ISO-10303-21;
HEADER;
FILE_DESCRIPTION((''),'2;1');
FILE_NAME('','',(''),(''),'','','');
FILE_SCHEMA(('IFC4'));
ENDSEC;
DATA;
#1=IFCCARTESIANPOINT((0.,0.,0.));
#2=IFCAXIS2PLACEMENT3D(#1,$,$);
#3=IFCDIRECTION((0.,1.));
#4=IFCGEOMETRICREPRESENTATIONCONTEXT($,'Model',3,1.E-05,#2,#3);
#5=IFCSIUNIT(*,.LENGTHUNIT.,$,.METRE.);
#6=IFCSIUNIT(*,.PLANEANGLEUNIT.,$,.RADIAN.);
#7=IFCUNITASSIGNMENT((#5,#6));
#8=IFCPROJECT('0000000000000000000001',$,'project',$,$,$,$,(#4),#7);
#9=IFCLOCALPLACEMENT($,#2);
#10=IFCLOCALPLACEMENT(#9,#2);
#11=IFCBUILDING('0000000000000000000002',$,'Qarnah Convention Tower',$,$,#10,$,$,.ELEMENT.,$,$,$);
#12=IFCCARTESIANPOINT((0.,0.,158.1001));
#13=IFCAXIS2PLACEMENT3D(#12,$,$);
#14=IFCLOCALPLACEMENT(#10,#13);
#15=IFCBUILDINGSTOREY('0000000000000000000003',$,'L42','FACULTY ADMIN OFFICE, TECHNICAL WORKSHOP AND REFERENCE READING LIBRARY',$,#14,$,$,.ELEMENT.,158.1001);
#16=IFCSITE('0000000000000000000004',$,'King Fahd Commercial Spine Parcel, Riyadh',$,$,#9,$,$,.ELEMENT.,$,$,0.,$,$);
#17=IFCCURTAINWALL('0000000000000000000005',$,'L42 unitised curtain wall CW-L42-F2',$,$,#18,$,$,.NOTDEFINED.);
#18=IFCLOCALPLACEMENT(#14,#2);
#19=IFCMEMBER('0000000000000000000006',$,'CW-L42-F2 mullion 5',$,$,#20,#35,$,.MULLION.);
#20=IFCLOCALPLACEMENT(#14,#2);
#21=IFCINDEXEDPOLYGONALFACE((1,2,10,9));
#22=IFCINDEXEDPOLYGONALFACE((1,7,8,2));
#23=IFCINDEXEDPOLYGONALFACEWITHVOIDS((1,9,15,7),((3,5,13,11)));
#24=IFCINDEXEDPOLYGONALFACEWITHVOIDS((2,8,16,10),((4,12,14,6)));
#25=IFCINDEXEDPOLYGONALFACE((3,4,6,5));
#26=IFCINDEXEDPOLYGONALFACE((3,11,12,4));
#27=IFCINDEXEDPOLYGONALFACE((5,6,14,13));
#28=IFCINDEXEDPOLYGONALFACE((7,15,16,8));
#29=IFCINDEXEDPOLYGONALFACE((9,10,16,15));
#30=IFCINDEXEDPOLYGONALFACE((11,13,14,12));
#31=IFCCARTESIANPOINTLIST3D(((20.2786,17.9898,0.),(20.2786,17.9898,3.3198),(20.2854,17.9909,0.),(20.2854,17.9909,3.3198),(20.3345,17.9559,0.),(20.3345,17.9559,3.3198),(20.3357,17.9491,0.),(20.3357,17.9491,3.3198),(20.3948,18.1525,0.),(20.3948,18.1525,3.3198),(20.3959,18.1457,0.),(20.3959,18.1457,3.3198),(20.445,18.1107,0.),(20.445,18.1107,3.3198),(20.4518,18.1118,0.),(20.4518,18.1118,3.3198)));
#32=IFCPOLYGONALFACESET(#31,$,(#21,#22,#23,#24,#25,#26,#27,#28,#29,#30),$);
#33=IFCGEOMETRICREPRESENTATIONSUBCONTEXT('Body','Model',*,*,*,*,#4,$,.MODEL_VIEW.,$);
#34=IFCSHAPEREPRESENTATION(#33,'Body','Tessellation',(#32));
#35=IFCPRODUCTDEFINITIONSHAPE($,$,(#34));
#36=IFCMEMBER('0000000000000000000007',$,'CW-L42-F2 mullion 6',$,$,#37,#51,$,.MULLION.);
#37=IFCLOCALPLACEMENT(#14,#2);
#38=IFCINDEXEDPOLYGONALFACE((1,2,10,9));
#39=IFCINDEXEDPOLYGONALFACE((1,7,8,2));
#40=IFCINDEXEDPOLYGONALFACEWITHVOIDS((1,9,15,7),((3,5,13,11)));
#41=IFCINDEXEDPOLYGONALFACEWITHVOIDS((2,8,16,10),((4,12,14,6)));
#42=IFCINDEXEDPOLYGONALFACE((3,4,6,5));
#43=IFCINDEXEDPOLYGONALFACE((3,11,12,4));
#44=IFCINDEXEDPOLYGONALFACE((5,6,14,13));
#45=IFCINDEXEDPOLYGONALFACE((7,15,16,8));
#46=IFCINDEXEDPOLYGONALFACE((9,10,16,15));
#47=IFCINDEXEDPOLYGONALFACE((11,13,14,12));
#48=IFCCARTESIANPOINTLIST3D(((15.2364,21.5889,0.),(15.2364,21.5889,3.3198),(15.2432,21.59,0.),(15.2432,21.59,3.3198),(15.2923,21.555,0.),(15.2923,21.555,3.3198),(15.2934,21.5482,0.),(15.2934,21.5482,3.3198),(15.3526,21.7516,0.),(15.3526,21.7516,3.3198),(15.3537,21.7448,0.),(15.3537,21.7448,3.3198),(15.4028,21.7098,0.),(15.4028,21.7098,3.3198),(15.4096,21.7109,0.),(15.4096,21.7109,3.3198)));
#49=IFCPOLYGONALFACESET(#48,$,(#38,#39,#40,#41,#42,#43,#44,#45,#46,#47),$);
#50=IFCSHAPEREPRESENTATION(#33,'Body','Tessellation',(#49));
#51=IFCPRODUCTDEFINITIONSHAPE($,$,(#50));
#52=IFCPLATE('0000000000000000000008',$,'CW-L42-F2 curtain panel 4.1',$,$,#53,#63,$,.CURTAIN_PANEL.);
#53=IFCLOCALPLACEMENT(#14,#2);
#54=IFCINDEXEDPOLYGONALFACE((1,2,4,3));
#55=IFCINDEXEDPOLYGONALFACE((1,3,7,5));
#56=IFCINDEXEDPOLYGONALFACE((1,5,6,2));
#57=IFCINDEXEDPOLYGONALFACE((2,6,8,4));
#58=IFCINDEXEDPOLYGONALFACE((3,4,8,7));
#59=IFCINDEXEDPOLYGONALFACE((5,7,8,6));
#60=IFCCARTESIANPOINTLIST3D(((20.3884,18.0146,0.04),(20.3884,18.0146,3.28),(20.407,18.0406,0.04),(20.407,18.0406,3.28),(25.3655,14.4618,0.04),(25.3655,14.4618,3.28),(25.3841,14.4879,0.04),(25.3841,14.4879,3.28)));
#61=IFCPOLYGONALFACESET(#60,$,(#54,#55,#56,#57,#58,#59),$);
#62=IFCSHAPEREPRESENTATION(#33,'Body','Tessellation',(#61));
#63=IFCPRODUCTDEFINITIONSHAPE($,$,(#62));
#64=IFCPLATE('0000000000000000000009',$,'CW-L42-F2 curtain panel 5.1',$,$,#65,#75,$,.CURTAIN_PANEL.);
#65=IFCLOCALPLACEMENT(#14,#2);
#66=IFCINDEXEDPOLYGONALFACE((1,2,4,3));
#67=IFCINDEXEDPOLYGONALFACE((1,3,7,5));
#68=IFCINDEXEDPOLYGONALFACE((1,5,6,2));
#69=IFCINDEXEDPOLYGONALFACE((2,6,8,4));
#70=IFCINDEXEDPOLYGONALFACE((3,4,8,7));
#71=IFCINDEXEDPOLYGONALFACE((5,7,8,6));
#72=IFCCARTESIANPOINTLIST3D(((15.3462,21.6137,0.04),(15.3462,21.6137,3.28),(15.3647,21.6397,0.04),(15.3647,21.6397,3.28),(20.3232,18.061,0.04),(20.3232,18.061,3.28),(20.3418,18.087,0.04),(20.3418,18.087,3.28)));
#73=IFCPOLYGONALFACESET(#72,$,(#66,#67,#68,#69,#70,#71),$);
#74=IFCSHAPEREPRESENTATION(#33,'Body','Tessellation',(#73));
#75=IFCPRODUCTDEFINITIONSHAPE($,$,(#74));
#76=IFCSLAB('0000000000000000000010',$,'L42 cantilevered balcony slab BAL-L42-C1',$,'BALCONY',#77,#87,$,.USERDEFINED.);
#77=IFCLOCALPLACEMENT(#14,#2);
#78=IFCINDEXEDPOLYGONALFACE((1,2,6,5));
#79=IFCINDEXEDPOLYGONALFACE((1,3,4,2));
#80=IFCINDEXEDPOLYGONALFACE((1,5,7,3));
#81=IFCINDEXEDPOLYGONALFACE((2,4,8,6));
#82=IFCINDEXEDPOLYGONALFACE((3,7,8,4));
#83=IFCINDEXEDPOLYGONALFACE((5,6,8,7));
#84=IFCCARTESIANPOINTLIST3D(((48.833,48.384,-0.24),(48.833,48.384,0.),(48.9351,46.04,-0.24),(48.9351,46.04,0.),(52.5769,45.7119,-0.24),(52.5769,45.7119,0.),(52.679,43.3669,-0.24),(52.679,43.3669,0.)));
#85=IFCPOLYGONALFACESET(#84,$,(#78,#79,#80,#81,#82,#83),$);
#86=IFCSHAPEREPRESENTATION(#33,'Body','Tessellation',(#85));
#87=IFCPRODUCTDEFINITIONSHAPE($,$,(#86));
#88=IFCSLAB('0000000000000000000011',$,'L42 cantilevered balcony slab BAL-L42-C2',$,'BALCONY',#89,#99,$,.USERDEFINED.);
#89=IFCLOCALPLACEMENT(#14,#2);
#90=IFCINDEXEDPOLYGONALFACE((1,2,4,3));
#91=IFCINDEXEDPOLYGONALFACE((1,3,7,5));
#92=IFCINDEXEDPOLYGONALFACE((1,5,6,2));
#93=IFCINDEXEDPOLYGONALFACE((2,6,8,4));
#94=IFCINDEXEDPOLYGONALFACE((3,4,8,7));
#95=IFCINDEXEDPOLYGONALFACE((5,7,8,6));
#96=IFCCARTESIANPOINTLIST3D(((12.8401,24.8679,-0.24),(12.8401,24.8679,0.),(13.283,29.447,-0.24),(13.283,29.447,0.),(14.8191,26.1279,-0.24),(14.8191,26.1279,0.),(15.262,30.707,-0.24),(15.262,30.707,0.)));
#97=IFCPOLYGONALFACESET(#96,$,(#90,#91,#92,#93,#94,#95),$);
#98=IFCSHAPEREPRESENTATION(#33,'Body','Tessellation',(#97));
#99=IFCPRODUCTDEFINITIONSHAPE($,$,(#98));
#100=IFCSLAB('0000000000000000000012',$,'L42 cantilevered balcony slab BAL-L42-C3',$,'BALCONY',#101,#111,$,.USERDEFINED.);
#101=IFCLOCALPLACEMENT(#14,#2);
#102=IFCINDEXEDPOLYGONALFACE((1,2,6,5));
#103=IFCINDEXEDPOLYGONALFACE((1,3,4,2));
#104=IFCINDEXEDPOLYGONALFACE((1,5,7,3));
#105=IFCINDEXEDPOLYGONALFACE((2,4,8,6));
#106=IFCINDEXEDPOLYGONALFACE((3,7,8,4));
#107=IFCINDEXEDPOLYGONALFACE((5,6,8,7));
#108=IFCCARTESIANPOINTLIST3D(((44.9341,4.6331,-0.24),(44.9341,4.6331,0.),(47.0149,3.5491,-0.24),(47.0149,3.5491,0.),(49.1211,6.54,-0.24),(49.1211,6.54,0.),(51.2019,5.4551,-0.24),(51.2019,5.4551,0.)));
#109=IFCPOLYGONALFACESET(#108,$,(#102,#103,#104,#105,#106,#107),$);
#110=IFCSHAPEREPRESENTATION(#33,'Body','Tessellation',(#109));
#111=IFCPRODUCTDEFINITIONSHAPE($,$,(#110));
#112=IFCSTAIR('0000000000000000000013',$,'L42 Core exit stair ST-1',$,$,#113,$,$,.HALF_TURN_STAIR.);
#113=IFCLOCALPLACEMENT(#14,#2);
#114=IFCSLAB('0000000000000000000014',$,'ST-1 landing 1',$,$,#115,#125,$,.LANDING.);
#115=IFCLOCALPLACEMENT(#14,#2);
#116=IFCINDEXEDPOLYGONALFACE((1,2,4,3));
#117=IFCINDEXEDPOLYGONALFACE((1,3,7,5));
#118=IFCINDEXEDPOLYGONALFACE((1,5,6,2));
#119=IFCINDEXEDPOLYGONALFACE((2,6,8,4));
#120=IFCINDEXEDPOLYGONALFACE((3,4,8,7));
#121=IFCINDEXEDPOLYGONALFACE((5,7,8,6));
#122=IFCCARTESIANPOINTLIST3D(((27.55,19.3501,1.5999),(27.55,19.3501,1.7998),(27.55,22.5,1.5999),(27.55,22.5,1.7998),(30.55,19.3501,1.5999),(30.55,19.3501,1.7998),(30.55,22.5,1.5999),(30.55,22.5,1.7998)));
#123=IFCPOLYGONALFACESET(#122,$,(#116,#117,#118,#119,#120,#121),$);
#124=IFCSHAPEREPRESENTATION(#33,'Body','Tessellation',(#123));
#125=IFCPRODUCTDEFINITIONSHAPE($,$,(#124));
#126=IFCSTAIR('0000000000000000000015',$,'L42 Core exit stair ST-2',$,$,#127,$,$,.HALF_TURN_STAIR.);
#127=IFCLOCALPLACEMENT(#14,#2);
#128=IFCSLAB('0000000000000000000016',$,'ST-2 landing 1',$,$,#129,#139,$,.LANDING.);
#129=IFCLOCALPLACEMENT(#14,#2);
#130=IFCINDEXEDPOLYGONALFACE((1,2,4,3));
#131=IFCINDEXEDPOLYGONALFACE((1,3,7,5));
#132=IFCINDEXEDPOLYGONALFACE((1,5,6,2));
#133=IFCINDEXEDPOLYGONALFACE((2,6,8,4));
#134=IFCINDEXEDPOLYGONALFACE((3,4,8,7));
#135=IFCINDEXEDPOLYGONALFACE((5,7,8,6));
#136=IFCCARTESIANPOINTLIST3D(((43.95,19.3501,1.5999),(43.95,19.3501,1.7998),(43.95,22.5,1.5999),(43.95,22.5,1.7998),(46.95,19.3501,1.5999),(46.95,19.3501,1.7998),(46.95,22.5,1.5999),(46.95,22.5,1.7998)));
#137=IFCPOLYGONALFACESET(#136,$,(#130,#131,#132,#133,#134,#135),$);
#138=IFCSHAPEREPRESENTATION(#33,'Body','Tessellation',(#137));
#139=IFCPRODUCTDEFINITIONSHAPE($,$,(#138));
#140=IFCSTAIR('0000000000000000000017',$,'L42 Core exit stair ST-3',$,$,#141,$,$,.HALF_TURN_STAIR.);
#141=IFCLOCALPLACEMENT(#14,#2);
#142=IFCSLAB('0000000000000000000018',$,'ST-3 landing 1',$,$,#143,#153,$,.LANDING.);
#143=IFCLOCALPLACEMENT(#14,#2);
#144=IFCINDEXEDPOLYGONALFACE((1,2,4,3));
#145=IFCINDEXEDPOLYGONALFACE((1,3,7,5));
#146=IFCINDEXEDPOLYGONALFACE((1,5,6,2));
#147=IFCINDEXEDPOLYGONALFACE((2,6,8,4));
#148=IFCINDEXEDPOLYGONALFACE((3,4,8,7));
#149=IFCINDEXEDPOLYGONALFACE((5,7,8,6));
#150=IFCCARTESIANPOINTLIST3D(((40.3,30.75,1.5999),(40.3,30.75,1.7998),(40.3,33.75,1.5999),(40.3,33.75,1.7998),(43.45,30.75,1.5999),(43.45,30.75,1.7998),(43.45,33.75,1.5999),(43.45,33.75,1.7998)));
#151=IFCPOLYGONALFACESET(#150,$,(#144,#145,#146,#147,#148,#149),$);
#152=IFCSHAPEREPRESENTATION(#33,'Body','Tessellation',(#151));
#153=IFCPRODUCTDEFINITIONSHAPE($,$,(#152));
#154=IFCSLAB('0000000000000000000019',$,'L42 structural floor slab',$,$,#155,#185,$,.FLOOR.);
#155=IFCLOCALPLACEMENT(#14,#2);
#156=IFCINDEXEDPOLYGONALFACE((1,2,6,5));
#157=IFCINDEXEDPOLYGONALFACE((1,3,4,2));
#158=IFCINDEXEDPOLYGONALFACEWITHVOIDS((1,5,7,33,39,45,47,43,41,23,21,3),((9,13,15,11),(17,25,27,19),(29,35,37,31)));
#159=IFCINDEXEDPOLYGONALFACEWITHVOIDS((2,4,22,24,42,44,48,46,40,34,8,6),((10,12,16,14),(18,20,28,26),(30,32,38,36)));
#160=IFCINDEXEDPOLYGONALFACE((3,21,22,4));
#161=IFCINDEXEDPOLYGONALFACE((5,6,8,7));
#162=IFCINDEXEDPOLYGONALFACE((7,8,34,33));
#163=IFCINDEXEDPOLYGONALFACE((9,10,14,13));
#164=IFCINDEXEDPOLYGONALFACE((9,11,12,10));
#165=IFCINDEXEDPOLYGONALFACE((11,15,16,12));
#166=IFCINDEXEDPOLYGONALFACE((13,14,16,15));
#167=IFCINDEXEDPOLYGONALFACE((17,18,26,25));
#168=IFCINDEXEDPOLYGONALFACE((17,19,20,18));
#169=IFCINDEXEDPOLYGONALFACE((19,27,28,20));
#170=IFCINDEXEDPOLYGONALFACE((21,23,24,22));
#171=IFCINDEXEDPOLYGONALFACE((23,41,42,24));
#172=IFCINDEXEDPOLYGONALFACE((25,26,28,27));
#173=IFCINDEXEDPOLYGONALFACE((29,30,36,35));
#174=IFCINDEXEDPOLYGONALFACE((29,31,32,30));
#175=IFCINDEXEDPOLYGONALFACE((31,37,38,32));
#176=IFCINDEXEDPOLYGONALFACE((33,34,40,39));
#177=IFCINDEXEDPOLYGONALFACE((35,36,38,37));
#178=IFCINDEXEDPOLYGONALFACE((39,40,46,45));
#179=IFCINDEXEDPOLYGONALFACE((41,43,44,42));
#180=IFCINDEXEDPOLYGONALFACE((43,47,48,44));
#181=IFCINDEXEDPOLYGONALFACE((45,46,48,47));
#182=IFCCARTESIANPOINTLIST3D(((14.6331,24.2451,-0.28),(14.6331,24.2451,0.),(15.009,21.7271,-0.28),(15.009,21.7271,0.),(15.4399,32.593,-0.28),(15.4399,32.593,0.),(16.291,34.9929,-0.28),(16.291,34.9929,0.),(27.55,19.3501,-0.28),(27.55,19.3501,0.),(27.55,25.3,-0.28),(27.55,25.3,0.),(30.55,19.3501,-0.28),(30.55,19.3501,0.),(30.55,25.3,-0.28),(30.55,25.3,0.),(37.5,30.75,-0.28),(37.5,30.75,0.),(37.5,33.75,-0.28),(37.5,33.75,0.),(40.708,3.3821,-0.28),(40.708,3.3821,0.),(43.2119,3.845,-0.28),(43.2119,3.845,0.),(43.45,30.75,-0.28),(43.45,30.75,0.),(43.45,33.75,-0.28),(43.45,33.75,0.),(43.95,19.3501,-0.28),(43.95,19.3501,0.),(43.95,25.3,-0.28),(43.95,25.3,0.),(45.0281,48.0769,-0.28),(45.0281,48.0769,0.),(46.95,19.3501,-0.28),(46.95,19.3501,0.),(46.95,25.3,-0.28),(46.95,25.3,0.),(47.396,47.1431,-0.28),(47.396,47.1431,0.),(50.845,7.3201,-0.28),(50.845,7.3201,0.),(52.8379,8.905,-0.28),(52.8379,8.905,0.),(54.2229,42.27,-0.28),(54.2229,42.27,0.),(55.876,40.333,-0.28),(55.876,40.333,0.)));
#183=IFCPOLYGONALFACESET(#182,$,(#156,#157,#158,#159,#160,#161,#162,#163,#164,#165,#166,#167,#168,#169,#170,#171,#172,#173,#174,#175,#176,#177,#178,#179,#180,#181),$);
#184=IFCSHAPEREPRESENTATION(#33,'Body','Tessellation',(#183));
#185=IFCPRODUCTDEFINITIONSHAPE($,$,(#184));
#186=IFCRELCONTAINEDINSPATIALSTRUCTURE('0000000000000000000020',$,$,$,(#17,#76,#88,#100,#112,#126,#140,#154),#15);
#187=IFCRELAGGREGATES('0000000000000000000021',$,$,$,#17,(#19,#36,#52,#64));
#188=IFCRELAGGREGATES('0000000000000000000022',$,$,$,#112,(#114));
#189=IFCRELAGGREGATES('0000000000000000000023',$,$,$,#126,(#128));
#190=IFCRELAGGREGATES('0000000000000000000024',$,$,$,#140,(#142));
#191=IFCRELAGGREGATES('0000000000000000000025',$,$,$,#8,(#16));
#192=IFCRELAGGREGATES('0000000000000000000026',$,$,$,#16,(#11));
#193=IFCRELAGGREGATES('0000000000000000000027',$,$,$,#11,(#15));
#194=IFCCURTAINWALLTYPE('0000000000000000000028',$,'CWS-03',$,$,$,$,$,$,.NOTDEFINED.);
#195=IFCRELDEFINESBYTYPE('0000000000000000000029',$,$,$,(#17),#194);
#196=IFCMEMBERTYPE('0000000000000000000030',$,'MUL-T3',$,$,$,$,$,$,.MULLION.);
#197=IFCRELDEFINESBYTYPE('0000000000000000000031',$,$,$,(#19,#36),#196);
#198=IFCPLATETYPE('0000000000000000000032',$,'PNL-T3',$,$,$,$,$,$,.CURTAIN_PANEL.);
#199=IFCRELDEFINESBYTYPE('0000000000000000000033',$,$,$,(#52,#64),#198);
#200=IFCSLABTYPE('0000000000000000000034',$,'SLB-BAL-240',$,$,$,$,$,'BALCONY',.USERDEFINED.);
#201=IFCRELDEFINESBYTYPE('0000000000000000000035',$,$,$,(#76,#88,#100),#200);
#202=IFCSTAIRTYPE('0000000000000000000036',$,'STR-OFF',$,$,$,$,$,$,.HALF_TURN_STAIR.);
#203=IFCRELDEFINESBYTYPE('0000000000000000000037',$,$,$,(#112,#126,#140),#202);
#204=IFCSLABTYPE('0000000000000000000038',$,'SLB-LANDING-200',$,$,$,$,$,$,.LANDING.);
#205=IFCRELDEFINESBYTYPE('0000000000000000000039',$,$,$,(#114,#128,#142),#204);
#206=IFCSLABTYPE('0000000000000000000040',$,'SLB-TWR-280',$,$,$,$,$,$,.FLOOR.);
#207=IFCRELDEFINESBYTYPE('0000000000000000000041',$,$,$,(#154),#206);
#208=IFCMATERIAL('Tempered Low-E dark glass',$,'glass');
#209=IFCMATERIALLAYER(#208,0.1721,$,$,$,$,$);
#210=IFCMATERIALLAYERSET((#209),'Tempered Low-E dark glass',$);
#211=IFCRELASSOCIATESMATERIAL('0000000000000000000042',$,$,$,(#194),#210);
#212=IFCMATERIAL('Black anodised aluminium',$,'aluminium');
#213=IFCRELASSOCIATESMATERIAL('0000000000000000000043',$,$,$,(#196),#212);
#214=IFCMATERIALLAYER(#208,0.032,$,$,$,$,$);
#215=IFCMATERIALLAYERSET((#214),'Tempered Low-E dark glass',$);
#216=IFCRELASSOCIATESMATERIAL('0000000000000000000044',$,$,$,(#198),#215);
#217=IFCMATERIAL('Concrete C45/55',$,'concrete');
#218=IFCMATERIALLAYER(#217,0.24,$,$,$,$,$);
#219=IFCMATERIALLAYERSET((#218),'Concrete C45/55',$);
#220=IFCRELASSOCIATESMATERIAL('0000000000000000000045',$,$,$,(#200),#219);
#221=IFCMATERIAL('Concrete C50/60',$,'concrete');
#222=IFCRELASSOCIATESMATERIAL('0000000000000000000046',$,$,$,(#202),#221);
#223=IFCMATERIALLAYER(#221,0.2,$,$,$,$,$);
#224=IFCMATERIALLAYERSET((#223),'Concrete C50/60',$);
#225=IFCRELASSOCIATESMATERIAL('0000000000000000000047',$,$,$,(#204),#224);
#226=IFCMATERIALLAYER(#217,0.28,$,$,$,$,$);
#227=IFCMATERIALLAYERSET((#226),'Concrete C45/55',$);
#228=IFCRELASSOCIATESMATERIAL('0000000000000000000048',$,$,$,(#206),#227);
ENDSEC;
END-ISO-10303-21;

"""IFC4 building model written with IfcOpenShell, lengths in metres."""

from ifc_helpers import new_model, si_unit, direction, frame, origin, origin_2d, place, context, subcontext, project, spatial, polyline, rectangle, hollow_rectangle, outline, extrude, material, layer, layer_set, material_profile, profile_set, type_object, element, aggregate, save


model = new_model("IFC4")

# Units and contexts
model_context = context("Model", 3, precision=1e-05, world=origin(), true_north=direction((0.0, 1.0)))
body_context = subcontext(model_context, "Body", "Model", "MODEL_VIEW")
ifc_project = project(units=[si_unit("LENGTHUNIT", "METRE"), si_unit("PLANEANGLEUNIT", "RADIAN")], contexts=[model_context])

# Site, building, storey
site_placement = place(None, origin())
site = spatial("IfcSite", under=ifc_project, at=site_placement, Name="King Fahd Commercial Spine Parcel, Riyadh", CompositionType="ELEMENT", RefElevation=0.0)
building_placement = place(site_placement, origin())
building = spatial("IfcBuilding", under=site, at=building_placement, Name="Qarnah Convention Tower", CompositionType="ELEMENT")
storey_placement = place(building_placement, frame((0.0, 0.0, 158.1001)))
storey = spatial("IfcBuildingStorey", under=building, at=storey_placement, Name="L42", Description="FACULTY ADMIN OFFICE, TECHNICAL WORKSHOP AND REFERENCE READING LIBRARY", CompositionType="ELEMENT", Elevation=158.1001)

# Curtain wall, members, plates
ifc_material_1 = material(Name="Tempered Low-E dark glass", Category="glass")
ifc_layer_1 = layer(ifc_material_1, 0.1721)
ifc_layer_set_1 = layer_set([ifc_layer_1], Name="Tempered Low-E dark glass")
curtain_wall_type = type_object("IfcCurtainWallType", Name="CWS-03", PredefinedType="NOTDEFINED", material=ifc_layer_set_1)
curtain_wall_placement = place(storey_placement, origin())
curtain_wall = element("IfcCurtainWall", 1, at=curtain_wall_placement, inside=storey, type_object=curtain_wall_type, Name="L42 unitised curtain wall CW-L42-F2", PredefinedType="NOTDEFINED")
ifc_material_2 = material(Name="Black anodised aluminium", Category="aluminium")
ifc_material_profile_1 = material_profile(ifc_material_2, hollow_rectangle(XDim=0.0701, YDim=0.2, WallThickness=0.0049, at=origin_2d()), Name="MUL-70X200")
ifc_profile_set_1 = profile_set([ifc_material_profile_1], Name="Black anodised aluminium")
member_type = type_object("IfcMemberType", Name="MUL-T3", PredefinedType="MULLION", material=ifc_profile_set_1)
member_1_placement = place(storey_placement, frame((20.3652, 18.0508, 0.0), z_axis=(0.0, 0.0, 1.0), x_axis=(-0.813914, 0.580985, 0.0)))
member_1 = element("IfcMember", 2, at=member_1_placement, type_object=member_type, Name="CW-L42-F2 mullion 5", PredefinedType="MULLION", context=body_context, shape_type="SweptSolid", body=[
    extrude(hollow_rectangle(XDim=0.0701, YDim=0.2, WallThickness=0.0049, at=origin_2d()), origin(), (0.0, 0.0, 1.0), 3.3198),
])
member_2_placement = place(storey_placement, frame((15.323, 21.6499, 0.0), z_axis=(0.0, 0.0, 1.0), x_axis=(-0.813914, 0.580985, 0.0)))
member_2 = element("IfcMember", 3, at=member_2_placement, type_object=member_type, Name="CW-L42-F2 mullion 6", PredefinedType="MULLION", context=body_context, shape_type="SweptSolid", body=[
    extrude(hollow_rectangle(XDim=0.0701, YDim=0.2, WallThickness=0.0049, at=origin_2d()), origin(), (0.0, 0.0, 1.0), 3.3198),
])
ifc_layer_2 = layer(ifc_material_1, 0.032)
ifc_layer_set_2 = layer_set([ifc_layer_2], Name="Tempered Low-E dark glass")
plate_type = type_object("IfcPlateType", Name="PNL-T3", PredefinedType="CURTAIN_PANEL", material=ifc_layer_set_2)
plate_1_placement = place(storey_placement, frame((22.8862, 16.2512, 0.04), z_axis=(0.0, 0.0, 1.0), x_axis=(-0.813914, 0.580985, 0.0)))
plate_1 = element("IfcPlate", 4, at=plate_1_placement, type_object=plate_type, Name="CW-L42-F2 curtain panel 4.1", PredefinedType="CURTAIN_PANEL", context=body_context, shape_type="SweptSolid", body=[
    extrude(rectangle(XDim=6.115, YDim=0.032, at=origin_2d()), origin(), (0.0, 0.0, 1.0), 3.24),
])
plate_2_placement = place(storey_placement, frame((17.844, 19.8503, 0.04), z_axis=(0.0, 0.0, 1.0), x_axis=(-0.813914, 0.580985, 0.0)))
plate_2 = element("IfcPlate", 5, at=plate_2_placement, type_object=plate_type, Name="CW-L42-F2 curtain panel 5.1", PredefinedType="CURTAIN_PANEL", context=body_context, shape_type="SweptSolid", body=[
    extrude(rectangle(XDim=6.115, YDim=0.032, at=origin_2d()), origin(), (0.0, 0.0, 1.0), 3.24),
])
aggregate(curtain_wall, [member_1, member_2, plate_1, plate_2])

# Slabs
ifc_material_3 = material(Name="Concrete C45/55", Category="concrete")
ifc_layer_3 = layer(ifc_material_3, 0.24)
ifc_layer_set_3 = layer_set([ifc_layer_3], Name="Concrete C45/55")
slab_type_1 = type_object("IfcSlabType", Name="SLB-BAL-240", ElementType="BALCONY", PredefinedType="USERDEFINED", material=ifc_layer_set_3)
slab_1_placement = place(storey_placement, frame((0.0, 0.0, -0.24)))
element("IfcSlab", 6, at=slab_1_placement, inside=storey, type_object=slab_type_1, Name="L42 cantilevered balcony slab BAL-L42-C1", ObjectType="BALCONY", PredefinedType="USERDEFINED", context=body_context, shape_type="SweptSolid", body=[
    extrude(outline(polyline([(48.833, 48.384), (52.5769, 45.7119), (52.679, 43.3669), (48.9351, 46.04), (48.833, 48.384)])), origin(), (0.0, 0.0, 1.0), 0.24),
])
slab_2_placement = place(storey_placement, frame((0.0, 0.0, -0.24)))
element("IfcSlab", 7, at=slab_2_placement, inside=storey, type_object=slab_type_1, Name="L42 cantilevered balcony slab BAL-L42-C2", ObjectType="BALCONY", PredefinedType="USERDEFINED", context=body_context, shape_type="SweptSolid", body=[
    extrude(outline(polyline([(12.8401, 24.8679), (13.283, 29.447), (15.262, 30.707), (14.8191, 26.1279), (12.8401, 24.8679)])), origin(), (0.0, 0.0, 1.0), 0.24),
])
slab_3_placement = place(storey_placement, frame((0.0, 0.0, -0.24)))
element("IfcSlab", 8, at=slab_3_placement, inside=storey, type_object=slab_type_1, Name="L42 cantilevered balcony slab BAL-L42-C3", ObjectType="BALCONY", PredefinedType="USERDEFINED", context=body_context, shape_type="SweptSolid", body=[
    extrude(outline(polyline([(51.2019, 5.4551), (47.0149, 3.5491), (44.9341, 4.6331), (49.1211, 6.54), (51.2019, 5.4551)])), origin(), (0.0, 0.0, 1.0), 0.24),
])

# Stairs, slabs
ifc_material_4 = material(Name="Concrete C50/60", Category="concrete")
stair_type = type_object("IfcStairType", Name="STR-OFF", PredefinedType="HALF_TURN_STAIR", material=ifc_material_4)
stair_1_placement = place(storey_placement, origin())
stair_1 = element("IfcStair", 9, at=stair_1_placement, inside=storey, type_object=stair_type, Name="L42 Core exit stair ST-1", PredefinedType="HALF_TURN_STAIR")
ifc_layer_4 = layer(ifc_material_4, 0.2)
ifc_layer_set_4 = layer_set([ifc_layer_4], Name="Concrete C50/60")
slab_type_2 = type_object("IfcSlabType", Name="SLB-LANDING-200", PredefinedType="LANDING", material=ifc_layer_set_4)
slab_4_placement = place(storey_placement, frame((0.0, 0.0, 1.5999)))
slab_4 = element("IfcSlab", 10, at=slab_4_placement, type_object=slab_type_2, Name="ST-1 landing 1", PredefinedType="LANDING", context=body_context, shape_type="SweptSolid", body=[
    extrude(outline(polyline([(27.55, 22.5), (27.55, 19.3501), (30.55, 19.3501), (30.55, 22.5), (27.55, 22.5)])), origin(), (0.0, 0.0, 1.0), 0.2),
])
aggregate(stair_1, [slab_4])
stair_2_placement = place(storey_placement, origin())
stair_2 = element("IfcStair", 11, at=stair_2_placement, inside=storey, type_object=stair_type, Name="L42 Core exit stair ST-2", PredefinedType="HALF_TURN_STAIR")
slab_5_placement = place(storey_placement, frame((0.0, 0.0, 1.5999)))
slab_5 = element("IfcSlab", 12, at=slab_5_placement, type_object=slab_type_2, Name="ST-2 landing 1", PredefinedType="LANDING", context=body_context, shape_type="SweptSolid", body=[
    extrude(outline(polyline([(43.95, 22.5), (43.95, 19.3501), (46.95, 19.3501), (46.95, 22.5), (43.95, 22.5)])), origin(), (0.0, 0.0, 1.0), 0.2),
])
aggregate(stair_2, [slab_5])
stair_3_placement = place(storey_placement, origin())
stair_3 = element("IfcStair", 13, at=stair_3_placement, inside=storey, type_object=stair_type, Name="L42 Core exit stair ST-3", PredefinedType="HALF_TURN_STAIR")
slab_6_placement = place(storey_placement, frame((0.0, 0.0, 1.5999)))
slab_6 = element("IfcSlab", 14, at=slab_6_placement, type_object=slab_type_2, Name="ST-3 landing 1", PredefinedType="LANDING", context=body_context, shape_type="SweptSolid", body=[
    extrude(outline(polyline([(40.3, 30.75), (43.45, 30.75), (43.45, 33.75), (40.3, 33.75), (40.3, 30.75)])), origin(), (0.0, 0.0, 1.0), 0.2),
])
aggregate(stair_3, [slab_6])

# Slab
ifc_layer_5 = layer(ifc_material_3, 0.28)
ifc_layer_set_5 = layer_set([ifc_layer_5], Name="Concrete C45/55")
slab_type_3 = type_object("IfcSlabType", Name="SLB-TWR-280", PredefinedType="FLOOR", material=ifc_layer_set_5)
slab_7_placement = place(storey_placement, frame((0.0, 0.0, -0.28)))
element("IfcSlab", 15, at=slab_7_placement, inside=storey, type_object=slab_type_3, Name="L42 structural floor slab", PredefinedType="FLOOR", context=body_context, shape_type="SweptSolid", body=[
    extrude(outline(polyline([(45.0281, 48.0769), (16.291, 34.9929), (15.4399, 32.593), (14.6331, 24.2451), (15.009, 21.7271), (40.708, 3.3821), (43.2119, 3.845), (50.845, 7.3201), (52.8379, 8.905), (55.876, 40.333), (54.2229, 42.27), (47.396, 47.1431), (45.0281, 48.0769)]), holes=[polyline([(27.55, 25.3), (27.55, 19.3501), (30.55, 19.3501), (30.55, 25.3), (27.55, 25.3)]), polyline([(43.95, 25.3), (43.95, 19.3501), (46.95, 19.3501), (46.95, 25.3), (43.95, 25.3)]), polyline([(37.5, 30.75), (43.45, 30.75), (43.45, 33.75), (37.5, 33.75), (37.5, 30.75)])]), origin(), (0.0, 0.0, 1.0), 0.28),
])

save(model, "model.ifc")
